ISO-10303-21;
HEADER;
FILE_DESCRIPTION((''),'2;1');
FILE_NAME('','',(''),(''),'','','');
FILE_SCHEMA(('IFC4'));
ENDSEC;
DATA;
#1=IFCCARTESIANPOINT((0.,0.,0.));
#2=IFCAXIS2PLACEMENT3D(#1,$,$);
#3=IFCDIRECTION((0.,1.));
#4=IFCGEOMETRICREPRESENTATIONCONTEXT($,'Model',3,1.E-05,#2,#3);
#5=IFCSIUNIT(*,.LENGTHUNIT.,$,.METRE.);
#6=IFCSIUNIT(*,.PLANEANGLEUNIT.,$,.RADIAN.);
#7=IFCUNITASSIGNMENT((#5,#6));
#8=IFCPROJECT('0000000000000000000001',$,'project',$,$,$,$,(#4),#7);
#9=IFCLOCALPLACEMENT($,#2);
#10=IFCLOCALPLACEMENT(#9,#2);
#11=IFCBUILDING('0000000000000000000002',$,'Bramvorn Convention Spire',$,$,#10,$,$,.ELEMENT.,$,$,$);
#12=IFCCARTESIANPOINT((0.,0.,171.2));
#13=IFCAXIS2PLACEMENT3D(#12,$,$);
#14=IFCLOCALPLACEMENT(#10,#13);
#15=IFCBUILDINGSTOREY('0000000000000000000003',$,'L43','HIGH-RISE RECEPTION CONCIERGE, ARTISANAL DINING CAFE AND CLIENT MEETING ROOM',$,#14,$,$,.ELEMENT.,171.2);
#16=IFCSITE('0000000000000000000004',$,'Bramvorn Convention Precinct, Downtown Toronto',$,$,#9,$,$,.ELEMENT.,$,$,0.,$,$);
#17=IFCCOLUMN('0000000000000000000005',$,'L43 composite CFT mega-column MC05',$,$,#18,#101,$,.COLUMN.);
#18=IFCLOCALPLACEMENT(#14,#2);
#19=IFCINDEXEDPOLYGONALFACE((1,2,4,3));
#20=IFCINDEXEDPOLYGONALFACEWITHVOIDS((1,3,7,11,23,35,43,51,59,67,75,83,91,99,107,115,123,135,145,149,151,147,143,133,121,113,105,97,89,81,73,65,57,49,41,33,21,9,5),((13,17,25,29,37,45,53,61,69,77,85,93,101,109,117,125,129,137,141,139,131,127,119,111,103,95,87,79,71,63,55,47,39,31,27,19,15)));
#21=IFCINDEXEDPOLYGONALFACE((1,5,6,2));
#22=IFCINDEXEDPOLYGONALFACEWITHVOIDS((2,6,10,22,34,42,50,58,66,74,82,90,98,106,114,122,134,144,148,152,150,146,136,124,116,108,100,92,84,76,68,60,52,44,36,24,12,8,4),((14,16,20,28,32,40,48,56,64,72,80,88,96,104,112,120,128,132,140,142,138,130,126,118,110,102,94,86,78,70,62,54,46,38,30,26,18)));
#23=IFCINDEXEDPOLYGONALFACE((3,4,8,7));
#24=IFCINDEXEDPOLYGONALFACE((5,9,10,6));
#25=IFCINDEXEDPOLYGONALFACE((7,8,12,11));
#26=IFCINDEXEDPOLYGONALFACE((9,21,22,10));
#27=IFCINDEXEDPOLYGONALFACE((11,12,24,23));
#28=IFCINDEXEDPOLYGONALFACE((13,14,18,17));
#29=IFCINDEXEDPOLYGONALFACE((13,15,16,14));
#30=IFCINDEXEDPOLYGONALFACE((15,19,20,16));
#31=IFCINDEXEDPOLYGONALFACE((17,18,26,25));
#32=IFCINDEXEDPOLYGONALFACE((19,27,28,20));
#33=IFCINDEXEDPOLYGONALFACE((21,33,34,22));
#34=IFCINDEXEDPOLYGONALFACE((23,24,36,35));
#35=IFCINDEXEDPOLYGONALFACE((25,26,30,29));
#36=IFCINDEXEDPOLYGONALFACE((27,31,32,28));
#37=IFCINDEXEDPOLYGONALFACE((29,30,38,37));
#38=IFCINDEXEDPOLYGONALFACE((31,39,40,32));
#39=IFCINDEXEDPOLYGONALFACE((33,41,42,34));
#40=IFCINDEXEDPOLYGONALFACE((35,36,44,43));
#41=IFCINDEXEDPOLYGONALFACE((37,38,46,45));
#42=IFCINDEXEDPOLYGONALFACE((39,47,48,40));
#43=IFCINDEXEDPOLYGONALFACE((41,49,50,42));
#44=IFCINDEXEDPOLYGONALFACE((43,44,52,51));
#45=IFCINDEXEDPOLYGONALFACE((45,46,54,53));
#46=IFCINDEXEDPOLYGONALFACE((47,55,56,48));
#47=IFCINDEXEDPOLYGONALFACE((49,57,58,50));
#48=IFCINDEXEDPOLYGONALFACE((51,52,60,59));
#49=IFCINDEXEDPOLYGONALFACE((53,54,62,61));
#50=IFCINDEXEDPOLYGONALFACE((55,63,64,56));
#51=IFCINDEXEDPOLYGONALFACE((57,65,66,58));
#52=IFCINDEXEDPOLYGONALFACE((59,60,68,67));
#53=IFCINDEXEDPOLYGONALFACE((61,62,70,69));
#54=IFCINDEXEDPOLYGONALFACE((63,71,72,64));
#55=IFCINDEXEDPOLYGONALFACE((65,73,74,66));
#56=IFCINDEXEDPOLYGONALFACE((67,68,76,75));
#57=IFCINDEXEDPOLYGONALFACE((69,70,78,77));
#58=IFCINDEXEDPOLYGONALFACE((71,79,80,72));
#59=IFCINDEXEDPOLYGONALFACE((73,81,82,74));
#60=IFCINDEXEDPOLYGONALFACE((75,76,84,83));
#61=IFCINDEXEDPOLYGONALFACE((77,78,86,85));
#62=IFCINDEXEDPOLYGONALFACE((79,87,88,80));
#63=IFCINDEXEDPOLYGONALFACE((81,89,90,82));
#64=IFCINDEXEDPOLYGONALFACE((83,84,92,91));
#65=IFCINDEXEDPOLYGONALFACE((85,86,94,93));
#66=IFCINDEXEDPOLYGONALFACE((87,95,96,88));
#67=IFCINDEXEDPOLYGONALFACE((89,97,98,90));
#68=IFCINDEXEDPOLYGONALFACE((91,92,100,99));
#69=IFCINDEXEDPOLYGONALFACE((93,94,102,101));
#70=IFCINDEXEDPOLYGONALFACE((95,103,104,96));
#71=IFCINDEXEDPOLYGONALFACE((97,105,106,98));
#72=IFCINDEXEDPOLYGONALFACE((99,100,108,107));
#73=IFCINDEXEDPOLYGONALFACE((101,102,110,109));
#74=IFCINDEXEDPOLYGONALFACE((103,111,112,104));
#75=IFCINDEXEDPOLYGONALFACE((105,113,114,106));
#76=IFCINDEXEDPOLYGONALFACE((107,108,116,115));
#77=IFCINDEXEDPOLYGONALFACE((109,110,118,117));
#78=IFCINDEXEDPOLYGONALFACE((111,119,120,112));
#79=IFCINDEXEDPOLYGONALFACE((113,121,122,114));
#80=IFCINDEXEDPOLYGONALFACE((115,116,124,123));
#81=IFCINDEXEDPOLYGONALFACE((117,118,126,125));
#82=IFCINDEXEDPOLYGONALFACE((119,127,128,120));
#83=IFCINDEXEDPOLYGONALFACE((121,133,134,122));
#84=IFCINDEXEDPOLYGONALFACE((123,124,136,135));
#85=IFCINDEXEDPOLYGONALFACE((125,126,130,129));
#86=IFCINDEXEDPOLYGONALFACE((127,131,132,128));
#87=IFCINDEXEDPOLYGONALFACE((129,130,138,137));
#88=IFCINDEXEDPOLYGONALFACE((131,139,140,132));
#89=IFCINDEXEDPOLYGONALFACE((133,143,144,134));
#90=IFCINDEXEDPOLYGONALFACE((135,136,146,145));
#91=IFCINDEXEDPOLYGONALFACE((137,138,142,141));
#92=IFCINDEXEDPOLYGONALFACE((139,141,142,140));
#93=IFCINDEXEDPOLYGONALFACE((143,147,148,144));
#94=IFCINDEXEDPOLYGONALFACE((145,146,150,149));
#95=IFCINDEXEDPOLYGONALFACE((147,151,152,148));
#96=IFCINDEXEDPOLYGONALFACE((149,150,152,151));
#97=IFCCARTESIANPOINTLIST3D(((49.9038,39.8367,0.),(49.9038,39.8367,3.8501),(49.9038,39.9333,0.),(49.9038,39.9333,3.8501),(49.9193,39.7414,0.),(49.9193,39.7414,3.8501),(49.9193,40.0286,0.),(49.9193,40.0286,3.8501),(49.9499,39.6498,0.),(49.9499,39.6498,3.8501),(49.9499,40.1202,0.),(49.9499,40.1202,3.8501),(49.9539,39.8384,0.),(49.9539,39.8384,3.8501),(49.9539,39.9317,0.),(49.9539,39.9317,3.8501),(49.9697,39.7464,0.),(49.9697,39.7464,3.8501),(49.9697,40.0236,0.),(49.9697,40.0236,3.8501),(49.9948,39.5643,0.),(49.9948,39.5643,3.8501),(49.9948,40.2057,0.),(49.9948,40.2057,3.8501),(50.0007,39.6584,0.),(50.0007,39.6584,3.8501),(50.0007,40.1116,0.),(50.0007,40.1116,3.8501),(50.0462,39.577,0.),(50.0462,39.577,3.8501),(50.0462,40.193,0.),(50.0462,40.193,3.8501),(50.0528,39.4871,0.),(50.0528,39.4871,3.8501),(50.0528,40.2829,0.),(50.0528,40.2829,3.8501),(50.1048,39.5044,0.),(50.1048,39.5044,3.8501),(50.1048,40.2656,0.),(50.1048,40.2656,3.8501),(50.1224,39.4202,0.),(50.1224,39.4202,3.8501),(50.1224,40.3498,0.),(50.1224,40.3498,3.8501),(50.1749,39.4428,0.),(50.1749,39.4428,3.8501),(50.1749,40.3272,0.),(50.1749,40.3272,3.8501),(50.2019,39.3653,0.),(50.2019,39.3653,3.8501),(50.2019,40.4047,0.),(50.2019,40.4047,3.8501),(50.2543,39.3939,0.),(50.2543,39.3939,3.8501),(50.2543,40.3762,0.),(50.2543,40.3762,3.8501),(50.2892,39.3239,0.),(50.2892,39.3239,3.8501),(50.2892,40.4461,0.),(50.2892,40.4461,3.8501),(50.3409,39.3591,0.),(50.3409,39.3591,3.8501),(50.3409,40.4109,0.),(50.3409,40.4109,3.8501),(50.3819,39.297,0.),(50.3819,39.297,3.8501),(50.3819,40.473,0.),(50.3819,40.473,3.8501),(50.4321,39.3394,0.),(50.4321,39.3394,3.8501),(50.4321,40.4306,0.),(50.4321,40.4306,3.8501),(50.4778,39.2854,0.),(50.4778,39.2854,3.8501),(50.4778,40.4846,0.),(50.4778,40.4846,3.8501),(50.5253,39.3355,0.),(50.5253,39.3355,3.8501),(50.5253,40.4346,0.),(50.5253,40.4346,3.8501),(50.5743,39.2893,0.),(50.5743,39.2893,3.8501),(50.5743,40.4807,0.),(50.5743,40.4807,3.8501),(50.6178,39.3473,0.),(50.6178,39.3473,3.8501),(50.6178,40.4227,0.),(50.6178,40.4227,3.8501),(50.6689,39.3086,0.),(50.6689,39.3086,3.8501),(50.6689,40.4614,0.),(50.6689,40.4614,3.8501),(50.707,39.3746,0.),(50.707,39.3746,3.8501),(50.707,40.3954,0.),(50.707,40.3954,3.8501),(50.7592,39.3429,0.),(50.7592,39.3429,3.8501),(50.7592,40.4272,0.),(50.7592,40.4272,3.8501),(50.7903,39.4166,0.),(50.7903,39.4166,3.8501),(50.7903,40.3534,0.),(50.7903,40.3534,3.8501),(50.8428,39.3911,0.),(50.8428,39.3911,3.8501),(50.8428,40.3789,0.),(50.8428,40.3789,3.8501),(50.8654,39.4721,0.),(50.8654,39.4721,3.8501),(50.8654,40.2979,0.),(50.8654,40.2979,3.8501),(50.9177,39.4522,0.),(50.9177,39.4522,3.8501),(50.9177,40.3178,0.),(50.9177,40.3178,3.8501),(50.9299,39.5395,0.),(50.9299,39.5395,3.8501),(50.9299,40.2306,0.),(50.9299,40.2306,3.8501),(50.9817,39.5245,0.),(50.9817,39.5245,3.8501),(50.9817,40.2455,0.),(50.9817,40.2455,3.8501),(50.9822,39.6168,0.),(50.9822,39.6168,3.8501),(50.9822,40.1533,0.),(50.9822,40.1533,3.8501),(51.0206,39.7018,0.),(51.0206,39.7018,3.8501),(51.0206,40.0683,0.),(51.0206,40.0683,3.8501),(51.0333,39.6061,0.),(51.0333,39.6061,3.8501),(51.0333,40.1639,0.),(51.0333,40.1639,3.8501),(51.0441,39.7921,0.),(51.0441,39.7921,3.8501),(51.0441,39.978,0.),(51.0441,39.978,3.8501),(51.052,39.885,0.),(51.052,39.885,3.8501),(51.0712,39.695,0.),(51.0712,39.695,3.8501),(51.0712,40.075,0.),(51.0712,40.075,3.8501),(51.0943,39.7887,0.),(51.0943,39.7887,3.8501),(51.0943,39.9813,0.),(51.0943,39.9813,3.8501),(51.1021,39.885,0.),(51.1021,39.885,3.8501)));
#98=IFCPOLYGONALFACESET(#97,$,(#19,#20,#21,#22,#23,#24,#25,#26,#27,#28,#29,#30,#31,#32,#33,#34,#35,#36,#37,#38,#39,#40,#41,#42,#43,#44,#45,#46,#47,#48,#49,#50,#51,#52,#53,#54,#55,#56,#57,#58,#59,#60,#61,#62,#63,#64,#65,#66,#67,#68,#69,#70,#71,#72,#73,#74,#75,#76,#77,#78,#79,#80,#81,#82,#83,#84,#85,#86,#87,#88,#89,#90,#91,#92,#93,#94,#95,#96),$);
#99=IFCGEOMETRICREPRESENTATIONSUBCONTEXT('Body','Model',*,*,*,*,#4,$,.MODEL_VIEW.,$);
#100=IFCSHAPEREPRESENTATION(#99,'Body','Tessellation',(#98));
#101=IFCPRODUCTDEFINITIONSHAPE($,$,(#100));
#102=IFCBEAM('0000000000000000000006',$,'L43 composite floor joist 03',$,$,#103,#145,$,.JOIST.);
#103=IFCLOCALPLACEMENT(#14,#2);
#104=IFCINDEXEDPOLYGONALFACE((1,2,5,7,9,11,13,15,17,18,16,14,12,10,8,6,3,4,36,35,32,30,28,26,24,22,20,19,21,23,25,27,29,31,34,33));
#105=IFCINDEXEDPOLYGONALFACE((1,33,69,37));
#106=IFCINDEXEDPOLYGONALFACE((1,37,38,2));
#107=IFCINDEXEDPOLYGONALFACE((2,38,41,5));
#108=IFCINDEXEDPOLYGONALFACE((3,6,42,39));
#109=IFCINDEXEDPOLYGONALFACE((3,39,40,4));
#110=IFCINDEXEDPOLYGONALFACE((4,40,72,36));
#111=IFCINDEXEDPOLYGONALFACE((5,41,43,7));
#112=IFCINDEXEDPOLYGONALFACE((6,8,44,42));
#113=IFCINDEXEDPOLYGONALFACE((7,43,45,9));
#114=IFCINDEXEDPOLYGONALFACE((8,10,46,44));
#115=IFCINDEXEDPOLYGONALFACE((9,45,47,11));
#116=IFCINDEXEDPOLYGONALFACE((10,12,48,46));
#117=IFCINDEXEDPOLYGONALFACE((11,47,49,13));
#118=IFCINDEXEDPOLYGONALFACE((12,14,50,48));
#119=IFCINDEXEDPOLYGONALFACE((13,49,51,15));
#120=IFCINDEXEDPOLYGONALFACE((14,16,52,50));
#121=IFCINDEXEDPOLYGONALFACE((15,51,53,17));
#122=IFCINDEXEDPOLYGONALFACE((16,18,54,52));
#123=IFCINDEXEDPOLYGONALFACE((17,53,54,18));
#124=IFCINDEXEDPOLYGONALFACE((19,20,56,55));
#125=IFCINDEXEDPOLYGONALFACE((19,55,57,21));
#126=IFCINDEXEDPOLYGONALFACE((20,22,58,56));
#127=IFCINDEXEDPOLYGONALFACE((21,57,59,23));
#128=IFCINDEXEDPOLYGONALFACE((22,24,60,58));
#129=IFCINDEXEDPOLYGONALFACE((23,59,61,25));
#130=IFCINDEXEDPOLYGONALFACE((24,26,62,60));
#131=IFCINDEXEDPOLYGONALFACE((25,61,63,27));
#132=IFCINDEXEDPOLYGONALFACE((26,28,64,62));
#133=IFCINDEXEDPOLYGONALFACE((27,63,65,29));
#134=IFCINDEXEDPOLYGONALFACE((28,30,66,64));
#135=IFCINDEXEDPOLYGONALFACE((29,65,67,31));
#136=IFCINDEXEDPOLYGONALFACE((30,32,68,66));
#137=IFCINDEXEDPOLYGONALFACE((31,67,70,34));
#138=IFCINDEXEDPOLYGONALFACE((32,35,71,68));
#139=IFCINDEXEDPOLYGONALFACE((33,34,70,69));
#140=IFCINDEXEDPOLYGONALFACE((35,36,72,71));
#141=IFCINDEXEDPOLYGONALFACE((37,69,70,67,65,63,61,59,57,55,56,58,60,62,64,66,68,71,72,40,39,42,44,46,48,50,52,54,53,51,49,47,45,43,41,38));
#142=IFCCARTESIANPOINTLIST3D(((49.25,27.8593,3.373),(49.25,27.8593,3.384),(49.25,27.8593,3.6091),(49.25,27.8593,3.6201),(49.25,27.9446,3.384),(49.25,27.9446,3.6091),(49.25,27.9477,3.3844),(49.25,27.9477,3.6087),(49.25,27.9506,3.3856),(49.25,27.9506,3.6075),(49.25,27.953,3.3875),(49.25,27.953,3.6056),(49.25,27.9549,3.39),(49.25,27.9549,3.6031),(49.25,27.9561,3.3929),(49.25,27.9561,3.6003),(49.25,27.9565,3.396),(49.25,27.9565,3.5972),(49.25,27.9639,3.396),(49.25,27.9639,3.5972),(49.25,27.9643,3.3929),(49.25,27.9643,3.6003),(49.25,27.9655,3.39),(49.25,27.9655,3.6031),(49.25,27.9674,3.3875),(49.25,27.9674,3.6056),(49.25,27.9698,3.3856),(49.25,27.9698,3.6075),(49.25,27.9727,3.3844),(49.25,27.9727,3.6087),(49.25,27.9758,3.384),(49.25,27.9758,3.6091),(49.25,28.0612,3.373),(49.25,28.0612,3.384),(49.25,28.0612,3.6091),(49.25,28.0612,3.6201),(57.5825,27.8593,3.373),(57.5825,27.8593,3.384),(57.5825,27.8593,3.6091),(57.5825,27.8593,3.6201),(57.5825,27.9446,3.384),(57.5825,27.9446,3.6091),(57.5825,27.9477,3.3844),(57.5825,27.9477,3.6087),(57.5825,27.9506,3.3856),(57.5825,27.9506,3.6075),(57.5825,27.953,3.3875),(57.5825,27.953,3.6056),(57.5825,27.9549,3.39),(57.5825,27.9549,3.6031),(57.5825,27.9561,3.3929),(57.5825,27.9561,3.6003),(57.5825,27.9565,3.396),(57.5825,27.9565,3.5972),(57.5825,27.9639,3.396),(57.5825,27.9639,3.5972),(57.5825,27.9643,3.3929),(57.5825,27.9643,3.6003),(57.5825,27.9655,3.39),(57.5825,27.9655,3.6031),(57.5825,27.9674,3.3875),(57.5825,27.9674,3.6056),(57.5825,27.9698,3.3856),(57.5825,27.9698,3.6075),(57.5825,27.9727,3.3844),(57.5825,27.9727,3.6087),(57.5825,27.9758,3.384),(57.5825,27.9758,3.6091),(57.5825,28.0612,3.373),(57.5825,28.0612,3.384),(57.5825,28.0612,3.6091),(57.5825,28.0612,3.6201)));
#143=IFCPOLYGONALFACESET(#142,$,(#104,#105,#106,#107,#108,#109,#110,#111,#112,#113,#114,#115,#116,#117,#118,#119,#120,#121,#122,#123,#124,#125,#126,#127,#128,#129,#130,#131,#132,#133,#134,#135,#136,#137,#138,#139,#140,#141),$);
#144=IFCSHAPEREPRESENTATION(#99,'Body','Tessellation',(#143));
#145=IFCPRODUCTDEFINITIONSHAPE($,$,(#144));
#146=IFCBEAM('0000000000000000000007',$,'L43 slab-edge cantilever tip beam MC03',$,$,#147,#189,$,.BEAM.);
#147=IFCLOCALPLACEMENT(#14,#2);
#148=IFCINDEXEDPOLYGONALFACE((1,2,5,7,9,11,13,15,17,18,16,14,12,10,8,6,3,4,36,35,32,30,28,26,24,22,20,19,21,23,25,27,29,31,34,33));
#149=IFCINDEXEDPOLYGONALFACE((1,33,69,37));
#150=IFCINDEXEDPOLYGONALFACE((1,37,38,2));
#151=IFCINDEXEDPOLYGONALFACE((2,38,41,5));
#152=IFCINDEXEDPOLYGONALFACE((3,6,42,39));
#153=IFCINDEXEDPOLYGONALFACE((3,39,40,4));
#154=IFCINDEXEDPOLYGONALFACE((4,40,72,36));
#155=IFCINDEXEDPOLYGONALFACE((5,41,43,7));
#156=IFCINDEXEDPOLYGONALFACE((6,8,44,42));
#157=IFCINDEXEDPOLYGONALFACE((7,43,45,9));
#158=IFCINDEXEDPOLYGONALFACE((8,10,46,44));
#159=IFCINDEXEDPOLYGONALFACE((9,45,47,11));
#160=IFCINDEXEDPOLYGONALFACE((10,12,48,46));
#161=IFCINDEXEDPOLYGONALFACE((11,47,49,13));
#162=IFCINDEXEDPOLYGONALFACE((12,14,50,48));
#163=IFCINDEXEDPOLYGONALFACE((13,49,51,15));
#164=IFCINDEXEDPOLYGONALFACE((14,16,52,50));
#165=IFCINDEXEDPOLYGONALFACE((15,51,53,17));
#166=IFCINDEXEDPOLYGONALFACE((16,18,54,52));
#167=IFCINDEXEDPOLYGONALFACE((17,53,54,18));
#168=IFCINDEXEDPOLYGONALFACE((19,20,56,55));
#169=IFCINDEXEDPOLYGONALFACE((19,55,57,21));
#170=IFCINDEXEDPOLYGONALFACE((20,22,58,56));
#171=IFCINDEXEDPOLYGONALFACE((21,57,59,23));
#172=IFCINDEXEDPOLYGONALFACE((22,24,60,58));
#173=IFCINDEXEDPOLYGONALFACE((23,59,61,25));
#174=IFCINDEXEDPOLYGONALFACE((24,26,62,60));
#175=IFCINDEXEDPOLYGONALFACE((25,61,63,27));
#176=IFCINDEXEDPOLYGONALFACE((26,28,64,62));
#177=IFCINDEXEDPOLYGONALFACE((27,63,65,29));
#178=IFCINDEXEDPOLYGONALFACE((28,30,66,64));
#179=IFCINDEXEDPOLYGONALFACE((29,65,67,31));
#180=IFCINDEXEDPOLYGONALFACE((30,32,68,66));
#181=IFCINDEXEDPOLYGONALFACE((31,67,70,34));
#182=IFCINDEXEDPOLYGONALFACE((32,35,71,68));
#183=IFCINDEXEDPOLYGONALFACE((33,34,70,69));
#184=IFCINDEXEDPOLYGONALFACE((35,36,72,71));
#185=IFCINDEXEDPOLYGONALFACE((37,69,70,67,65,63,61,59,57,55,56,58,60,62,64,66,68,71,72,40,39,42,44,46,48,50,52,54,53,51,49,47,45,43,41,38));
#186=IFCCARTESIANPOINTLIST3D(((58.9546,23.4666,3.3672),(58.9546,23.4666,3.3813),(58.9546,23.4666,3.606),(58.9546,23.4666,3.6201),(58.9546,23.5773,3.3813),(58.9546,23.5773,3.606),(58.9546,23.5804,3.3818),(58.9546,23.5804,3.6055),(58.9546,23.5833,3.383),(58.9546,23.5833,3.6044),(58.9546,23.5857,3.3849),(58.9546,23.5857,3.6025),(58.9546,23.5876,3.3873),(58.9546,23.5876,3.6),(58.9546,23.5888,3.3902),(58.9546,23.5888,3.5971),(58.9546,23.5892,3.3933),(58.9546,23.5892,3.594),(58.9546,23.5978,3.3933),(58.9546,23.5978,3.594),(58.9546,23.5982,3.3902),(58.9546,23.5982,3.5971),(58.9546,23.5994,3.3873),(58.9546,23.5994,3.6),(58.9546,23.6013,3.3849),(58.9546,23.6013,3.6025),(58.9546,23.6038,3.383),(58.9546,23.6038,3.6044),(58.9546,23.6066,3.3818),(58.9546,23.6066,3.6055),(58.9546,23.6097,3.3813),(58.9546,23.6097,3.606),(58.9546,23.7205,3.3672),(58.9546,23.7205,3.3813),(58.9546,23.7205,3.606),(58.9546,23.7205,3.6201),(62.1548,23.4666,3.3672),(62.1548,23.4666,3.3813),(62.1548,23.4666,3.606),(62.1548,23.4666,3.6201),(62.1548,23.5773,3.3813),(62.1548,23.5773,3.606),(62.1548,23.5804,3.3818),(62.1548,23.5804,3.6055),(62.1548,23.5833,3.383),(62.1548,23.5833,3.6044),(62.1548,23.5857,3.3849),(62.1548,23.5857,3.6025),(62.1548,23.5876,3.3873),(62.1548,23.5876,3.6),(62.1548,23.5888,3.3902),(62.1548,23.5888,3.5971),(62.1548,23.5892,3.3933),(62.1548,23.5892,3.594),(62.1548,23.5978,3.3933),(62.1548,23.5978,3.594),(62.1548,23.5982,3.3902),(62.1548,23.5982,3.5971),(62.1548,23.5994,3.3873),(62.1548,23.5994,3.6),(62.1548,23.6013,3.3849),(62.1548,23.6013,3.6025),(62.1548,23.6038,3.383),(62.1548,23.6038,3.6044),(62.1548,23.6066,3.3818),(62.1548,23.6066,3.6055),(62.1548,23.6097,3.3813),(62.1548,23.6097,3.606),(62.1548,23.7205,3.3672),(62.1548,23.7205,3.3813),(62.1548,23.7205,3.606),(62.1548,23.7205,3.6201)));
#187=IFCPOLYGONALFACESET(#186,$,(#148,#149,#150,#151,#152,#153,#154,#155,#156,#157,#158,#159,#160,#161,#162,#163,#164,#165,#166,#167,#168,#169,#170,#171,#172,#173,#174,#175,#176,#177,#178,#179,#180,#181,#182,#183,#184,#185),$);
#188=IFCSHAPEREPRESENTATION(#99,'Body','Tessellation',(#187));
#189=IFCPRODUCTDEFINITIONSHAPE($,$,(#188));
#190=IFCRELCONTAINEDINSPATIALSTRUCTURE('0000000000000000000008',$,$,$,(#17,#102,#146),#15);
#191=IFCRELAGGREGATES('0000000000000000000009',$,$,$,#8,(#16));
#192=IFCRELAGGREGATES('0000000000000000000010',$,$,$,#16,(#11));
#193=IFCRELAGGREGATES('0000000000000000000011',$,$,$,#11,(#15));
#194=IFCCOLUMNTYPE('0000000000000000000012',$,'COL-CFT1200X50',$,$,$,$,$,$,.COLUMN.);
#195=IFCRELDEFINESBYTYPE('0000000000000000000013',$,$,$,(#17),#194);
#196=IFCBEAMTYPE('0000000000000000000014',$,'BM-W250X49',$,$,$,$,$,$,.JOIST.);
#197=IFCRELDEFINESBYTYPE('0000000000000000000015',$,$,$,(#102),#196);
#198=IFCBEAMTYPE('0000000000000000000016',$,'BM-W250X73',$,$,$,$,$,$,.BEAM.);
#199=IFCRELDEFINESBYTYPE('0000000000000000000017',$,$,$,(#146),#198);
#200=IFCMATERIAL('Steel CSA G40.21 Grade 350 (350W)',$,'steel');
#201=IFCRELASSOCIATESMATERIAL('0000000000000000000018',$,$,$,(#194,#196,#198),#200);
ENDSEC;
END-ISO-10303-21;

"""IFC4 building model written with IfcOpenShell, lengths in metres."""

from ifc_helpers import new_model, si_unit, direction, frame, origin, origin_2d, place, context, subcontext, project, spatial, hollow_circle, i_section, extrude, material, material_profile, profile_set, type_object, element, save


model = new_model("IFC4")

# Units and contexts
model_context = context("Model", 3, precision=1e-05, world=origin(), true_north=direction((0.0, 1.0)))
body_context = subcontext(model_context, "Body", "Model", "MODEL_VIEW")
ifc_project = project(units=[si_unit("LENGTHUNIT", "METRE"), si_unit("PLANEANGLEUNIT", "RADIAN")], contexts=[model_context])

# Site, building, storey
site_placement = place(None, origin())
site = spatial("IfcSite", under=ifc_project, at=site_placement, Name="Bramvorn Convention Precinct, Downtown Toronto", CompositionType="ELEMENT", RefElevation=0.0)
building_placement = place(site_placement, origin())
building = spatial("IfcBuilding", under=site, at=building_placement, Name="Bramvorn Convention Spire", CompositionType="ELEMENT")
storey_placement = place(building_placement, frame((0.0, 0.0, 171.2)))
storey = spatial("IfcBuildingStorey", under=building, at=storey_placement, Name="L43", Description="HIGH-RISE RECEPTION CONCIERGE, ARTISANAL DINING CAFE AND CLIENT MEETING ROOM", CompositionType="ELEMENT", Elevation=171.2)

# Column
ifc_material_1 = material(Name="Steel CSA G40.21 Grade 350 (350W)", Category="steel")
ifc_material_profile_1 = material_profile(ifc_material_1, hollow_circle(Radius=0.6001, WallThickness=0.05, at=origin_2d()))
ifc_profile_set_1 = profile_set([ifc_material_profile_1], Name="Steel CSA G40.21 Grade 350 (350W) - CFT1200X50")
column_type = type_object("IfcColumnType", Name="COL-CFT1200X50", PredefinedType="COLUMN", material=ifc_profile_set_1)
for number, where, z_axis, x_axis, name in (
    (1, (50.502, 39.885, 0.0), (0.0, 0.0, 1.0), (1.0, 0.0, 0.0), "L43 composite CFT mega-column MC05"),
):
    element("IfcColumn", number, at=place(storey_placement, frame(where, z_axis=z_axis, x_axis=x_axis)), inside=storey, type_object=column_type, Name=name, PredefinedType="COLUMN", context=body_context, shape_type="SweptSolid", body=[
        extrude(hollow_circle(Radius=0.6001, WallThickness=0.05, at=origin_2d()), origin(), (0.0, 0.0, 1.0), 3.8501),
    ])

# Beams
ifc_material_profile_2 = material_profile(ifc_material_1, i_section(OverallWidth=0.2019, OverallDepth=0.2471, WebThickness=0.0073, FlangeThickness=0.011, FilletRadius=0.012, at=origin_2d()))
ifc_profile_set_2 = profile_set([ifc_material_profile_2], Name="Steel CSA G40.21 Grade 350 (350W) - W250X49")
beam_type_1 = type_object("IfcBeamType", Name="BM-W250X49", PredefinedType="JOIST", material=ifc_profile_set_2)
beam_1_placement = place(storey_placement, frame((49.25, 27.9602, 3.4966), z_axis=(1.0, 0.0, 0.0), x_axis=(0.0, 1.0, 0.0)))
element("IfcBeam", 2, at=beam_1_placement, inside=storey, type_object=beam_type_1, Name="L43 composite floor joist 03", PredefinedType="JOIST", context=body_context, shape_type="SweptSolid", body=[
    extrude(i_section(OverallWidth=0.2019, OverallDepth=0.2471, WebThickness=0.0073, FlangeThickness=0.011, FilletRadius=0.012, at=origin_2d()), origin(), (0.0, 0.0, 1.0), 8.3325),
])
ifc_material_profile_3 = material_profile(ifc_material_1, i_section(OverallWidth=0.2539, OverallDepth=0.2529, WebThickness=0.0085, FlangeThickness=0.0142, FilletRadius=0.012, at=origin_2d()))
ifc_profile_set_3 = profile_set([ifc_material_profile_3], Name="Steel CSA G40.21 Grade 350 (350W) - W250X73")
beam_type_2 = type_object("IfcBeamType", Name="BM-W250X73", PredefinedType="BEAM", material=ifc_profile_set_3)
beam_2_placement = place(storey_placement, frame((58.9546, 23.5935, 3.4937), z_axis=(1.0, 0.0, 0.0), x_axis=(0.0, 1.0, 0.0)))
element("IfcBeam", 3, at=beam_2_placement, inside=storey, type_object=beam_type_2, Name="L43 slab-edge cantilever tip beam MC03", PredefinedType="BEAM", context=body_context, shape_type="SweptSolid", body=[
    extrude(i_section(OverallWidth=0.2539, OverallDepth=0.2529, WebThickness=0.0085, FlangeThickness=0.0142, FilletRadius=0.012, at=origin_2d()), origin(), (0.0, 0.0, 1.0), 3.2002),
])

save(model, "model.ifc")
